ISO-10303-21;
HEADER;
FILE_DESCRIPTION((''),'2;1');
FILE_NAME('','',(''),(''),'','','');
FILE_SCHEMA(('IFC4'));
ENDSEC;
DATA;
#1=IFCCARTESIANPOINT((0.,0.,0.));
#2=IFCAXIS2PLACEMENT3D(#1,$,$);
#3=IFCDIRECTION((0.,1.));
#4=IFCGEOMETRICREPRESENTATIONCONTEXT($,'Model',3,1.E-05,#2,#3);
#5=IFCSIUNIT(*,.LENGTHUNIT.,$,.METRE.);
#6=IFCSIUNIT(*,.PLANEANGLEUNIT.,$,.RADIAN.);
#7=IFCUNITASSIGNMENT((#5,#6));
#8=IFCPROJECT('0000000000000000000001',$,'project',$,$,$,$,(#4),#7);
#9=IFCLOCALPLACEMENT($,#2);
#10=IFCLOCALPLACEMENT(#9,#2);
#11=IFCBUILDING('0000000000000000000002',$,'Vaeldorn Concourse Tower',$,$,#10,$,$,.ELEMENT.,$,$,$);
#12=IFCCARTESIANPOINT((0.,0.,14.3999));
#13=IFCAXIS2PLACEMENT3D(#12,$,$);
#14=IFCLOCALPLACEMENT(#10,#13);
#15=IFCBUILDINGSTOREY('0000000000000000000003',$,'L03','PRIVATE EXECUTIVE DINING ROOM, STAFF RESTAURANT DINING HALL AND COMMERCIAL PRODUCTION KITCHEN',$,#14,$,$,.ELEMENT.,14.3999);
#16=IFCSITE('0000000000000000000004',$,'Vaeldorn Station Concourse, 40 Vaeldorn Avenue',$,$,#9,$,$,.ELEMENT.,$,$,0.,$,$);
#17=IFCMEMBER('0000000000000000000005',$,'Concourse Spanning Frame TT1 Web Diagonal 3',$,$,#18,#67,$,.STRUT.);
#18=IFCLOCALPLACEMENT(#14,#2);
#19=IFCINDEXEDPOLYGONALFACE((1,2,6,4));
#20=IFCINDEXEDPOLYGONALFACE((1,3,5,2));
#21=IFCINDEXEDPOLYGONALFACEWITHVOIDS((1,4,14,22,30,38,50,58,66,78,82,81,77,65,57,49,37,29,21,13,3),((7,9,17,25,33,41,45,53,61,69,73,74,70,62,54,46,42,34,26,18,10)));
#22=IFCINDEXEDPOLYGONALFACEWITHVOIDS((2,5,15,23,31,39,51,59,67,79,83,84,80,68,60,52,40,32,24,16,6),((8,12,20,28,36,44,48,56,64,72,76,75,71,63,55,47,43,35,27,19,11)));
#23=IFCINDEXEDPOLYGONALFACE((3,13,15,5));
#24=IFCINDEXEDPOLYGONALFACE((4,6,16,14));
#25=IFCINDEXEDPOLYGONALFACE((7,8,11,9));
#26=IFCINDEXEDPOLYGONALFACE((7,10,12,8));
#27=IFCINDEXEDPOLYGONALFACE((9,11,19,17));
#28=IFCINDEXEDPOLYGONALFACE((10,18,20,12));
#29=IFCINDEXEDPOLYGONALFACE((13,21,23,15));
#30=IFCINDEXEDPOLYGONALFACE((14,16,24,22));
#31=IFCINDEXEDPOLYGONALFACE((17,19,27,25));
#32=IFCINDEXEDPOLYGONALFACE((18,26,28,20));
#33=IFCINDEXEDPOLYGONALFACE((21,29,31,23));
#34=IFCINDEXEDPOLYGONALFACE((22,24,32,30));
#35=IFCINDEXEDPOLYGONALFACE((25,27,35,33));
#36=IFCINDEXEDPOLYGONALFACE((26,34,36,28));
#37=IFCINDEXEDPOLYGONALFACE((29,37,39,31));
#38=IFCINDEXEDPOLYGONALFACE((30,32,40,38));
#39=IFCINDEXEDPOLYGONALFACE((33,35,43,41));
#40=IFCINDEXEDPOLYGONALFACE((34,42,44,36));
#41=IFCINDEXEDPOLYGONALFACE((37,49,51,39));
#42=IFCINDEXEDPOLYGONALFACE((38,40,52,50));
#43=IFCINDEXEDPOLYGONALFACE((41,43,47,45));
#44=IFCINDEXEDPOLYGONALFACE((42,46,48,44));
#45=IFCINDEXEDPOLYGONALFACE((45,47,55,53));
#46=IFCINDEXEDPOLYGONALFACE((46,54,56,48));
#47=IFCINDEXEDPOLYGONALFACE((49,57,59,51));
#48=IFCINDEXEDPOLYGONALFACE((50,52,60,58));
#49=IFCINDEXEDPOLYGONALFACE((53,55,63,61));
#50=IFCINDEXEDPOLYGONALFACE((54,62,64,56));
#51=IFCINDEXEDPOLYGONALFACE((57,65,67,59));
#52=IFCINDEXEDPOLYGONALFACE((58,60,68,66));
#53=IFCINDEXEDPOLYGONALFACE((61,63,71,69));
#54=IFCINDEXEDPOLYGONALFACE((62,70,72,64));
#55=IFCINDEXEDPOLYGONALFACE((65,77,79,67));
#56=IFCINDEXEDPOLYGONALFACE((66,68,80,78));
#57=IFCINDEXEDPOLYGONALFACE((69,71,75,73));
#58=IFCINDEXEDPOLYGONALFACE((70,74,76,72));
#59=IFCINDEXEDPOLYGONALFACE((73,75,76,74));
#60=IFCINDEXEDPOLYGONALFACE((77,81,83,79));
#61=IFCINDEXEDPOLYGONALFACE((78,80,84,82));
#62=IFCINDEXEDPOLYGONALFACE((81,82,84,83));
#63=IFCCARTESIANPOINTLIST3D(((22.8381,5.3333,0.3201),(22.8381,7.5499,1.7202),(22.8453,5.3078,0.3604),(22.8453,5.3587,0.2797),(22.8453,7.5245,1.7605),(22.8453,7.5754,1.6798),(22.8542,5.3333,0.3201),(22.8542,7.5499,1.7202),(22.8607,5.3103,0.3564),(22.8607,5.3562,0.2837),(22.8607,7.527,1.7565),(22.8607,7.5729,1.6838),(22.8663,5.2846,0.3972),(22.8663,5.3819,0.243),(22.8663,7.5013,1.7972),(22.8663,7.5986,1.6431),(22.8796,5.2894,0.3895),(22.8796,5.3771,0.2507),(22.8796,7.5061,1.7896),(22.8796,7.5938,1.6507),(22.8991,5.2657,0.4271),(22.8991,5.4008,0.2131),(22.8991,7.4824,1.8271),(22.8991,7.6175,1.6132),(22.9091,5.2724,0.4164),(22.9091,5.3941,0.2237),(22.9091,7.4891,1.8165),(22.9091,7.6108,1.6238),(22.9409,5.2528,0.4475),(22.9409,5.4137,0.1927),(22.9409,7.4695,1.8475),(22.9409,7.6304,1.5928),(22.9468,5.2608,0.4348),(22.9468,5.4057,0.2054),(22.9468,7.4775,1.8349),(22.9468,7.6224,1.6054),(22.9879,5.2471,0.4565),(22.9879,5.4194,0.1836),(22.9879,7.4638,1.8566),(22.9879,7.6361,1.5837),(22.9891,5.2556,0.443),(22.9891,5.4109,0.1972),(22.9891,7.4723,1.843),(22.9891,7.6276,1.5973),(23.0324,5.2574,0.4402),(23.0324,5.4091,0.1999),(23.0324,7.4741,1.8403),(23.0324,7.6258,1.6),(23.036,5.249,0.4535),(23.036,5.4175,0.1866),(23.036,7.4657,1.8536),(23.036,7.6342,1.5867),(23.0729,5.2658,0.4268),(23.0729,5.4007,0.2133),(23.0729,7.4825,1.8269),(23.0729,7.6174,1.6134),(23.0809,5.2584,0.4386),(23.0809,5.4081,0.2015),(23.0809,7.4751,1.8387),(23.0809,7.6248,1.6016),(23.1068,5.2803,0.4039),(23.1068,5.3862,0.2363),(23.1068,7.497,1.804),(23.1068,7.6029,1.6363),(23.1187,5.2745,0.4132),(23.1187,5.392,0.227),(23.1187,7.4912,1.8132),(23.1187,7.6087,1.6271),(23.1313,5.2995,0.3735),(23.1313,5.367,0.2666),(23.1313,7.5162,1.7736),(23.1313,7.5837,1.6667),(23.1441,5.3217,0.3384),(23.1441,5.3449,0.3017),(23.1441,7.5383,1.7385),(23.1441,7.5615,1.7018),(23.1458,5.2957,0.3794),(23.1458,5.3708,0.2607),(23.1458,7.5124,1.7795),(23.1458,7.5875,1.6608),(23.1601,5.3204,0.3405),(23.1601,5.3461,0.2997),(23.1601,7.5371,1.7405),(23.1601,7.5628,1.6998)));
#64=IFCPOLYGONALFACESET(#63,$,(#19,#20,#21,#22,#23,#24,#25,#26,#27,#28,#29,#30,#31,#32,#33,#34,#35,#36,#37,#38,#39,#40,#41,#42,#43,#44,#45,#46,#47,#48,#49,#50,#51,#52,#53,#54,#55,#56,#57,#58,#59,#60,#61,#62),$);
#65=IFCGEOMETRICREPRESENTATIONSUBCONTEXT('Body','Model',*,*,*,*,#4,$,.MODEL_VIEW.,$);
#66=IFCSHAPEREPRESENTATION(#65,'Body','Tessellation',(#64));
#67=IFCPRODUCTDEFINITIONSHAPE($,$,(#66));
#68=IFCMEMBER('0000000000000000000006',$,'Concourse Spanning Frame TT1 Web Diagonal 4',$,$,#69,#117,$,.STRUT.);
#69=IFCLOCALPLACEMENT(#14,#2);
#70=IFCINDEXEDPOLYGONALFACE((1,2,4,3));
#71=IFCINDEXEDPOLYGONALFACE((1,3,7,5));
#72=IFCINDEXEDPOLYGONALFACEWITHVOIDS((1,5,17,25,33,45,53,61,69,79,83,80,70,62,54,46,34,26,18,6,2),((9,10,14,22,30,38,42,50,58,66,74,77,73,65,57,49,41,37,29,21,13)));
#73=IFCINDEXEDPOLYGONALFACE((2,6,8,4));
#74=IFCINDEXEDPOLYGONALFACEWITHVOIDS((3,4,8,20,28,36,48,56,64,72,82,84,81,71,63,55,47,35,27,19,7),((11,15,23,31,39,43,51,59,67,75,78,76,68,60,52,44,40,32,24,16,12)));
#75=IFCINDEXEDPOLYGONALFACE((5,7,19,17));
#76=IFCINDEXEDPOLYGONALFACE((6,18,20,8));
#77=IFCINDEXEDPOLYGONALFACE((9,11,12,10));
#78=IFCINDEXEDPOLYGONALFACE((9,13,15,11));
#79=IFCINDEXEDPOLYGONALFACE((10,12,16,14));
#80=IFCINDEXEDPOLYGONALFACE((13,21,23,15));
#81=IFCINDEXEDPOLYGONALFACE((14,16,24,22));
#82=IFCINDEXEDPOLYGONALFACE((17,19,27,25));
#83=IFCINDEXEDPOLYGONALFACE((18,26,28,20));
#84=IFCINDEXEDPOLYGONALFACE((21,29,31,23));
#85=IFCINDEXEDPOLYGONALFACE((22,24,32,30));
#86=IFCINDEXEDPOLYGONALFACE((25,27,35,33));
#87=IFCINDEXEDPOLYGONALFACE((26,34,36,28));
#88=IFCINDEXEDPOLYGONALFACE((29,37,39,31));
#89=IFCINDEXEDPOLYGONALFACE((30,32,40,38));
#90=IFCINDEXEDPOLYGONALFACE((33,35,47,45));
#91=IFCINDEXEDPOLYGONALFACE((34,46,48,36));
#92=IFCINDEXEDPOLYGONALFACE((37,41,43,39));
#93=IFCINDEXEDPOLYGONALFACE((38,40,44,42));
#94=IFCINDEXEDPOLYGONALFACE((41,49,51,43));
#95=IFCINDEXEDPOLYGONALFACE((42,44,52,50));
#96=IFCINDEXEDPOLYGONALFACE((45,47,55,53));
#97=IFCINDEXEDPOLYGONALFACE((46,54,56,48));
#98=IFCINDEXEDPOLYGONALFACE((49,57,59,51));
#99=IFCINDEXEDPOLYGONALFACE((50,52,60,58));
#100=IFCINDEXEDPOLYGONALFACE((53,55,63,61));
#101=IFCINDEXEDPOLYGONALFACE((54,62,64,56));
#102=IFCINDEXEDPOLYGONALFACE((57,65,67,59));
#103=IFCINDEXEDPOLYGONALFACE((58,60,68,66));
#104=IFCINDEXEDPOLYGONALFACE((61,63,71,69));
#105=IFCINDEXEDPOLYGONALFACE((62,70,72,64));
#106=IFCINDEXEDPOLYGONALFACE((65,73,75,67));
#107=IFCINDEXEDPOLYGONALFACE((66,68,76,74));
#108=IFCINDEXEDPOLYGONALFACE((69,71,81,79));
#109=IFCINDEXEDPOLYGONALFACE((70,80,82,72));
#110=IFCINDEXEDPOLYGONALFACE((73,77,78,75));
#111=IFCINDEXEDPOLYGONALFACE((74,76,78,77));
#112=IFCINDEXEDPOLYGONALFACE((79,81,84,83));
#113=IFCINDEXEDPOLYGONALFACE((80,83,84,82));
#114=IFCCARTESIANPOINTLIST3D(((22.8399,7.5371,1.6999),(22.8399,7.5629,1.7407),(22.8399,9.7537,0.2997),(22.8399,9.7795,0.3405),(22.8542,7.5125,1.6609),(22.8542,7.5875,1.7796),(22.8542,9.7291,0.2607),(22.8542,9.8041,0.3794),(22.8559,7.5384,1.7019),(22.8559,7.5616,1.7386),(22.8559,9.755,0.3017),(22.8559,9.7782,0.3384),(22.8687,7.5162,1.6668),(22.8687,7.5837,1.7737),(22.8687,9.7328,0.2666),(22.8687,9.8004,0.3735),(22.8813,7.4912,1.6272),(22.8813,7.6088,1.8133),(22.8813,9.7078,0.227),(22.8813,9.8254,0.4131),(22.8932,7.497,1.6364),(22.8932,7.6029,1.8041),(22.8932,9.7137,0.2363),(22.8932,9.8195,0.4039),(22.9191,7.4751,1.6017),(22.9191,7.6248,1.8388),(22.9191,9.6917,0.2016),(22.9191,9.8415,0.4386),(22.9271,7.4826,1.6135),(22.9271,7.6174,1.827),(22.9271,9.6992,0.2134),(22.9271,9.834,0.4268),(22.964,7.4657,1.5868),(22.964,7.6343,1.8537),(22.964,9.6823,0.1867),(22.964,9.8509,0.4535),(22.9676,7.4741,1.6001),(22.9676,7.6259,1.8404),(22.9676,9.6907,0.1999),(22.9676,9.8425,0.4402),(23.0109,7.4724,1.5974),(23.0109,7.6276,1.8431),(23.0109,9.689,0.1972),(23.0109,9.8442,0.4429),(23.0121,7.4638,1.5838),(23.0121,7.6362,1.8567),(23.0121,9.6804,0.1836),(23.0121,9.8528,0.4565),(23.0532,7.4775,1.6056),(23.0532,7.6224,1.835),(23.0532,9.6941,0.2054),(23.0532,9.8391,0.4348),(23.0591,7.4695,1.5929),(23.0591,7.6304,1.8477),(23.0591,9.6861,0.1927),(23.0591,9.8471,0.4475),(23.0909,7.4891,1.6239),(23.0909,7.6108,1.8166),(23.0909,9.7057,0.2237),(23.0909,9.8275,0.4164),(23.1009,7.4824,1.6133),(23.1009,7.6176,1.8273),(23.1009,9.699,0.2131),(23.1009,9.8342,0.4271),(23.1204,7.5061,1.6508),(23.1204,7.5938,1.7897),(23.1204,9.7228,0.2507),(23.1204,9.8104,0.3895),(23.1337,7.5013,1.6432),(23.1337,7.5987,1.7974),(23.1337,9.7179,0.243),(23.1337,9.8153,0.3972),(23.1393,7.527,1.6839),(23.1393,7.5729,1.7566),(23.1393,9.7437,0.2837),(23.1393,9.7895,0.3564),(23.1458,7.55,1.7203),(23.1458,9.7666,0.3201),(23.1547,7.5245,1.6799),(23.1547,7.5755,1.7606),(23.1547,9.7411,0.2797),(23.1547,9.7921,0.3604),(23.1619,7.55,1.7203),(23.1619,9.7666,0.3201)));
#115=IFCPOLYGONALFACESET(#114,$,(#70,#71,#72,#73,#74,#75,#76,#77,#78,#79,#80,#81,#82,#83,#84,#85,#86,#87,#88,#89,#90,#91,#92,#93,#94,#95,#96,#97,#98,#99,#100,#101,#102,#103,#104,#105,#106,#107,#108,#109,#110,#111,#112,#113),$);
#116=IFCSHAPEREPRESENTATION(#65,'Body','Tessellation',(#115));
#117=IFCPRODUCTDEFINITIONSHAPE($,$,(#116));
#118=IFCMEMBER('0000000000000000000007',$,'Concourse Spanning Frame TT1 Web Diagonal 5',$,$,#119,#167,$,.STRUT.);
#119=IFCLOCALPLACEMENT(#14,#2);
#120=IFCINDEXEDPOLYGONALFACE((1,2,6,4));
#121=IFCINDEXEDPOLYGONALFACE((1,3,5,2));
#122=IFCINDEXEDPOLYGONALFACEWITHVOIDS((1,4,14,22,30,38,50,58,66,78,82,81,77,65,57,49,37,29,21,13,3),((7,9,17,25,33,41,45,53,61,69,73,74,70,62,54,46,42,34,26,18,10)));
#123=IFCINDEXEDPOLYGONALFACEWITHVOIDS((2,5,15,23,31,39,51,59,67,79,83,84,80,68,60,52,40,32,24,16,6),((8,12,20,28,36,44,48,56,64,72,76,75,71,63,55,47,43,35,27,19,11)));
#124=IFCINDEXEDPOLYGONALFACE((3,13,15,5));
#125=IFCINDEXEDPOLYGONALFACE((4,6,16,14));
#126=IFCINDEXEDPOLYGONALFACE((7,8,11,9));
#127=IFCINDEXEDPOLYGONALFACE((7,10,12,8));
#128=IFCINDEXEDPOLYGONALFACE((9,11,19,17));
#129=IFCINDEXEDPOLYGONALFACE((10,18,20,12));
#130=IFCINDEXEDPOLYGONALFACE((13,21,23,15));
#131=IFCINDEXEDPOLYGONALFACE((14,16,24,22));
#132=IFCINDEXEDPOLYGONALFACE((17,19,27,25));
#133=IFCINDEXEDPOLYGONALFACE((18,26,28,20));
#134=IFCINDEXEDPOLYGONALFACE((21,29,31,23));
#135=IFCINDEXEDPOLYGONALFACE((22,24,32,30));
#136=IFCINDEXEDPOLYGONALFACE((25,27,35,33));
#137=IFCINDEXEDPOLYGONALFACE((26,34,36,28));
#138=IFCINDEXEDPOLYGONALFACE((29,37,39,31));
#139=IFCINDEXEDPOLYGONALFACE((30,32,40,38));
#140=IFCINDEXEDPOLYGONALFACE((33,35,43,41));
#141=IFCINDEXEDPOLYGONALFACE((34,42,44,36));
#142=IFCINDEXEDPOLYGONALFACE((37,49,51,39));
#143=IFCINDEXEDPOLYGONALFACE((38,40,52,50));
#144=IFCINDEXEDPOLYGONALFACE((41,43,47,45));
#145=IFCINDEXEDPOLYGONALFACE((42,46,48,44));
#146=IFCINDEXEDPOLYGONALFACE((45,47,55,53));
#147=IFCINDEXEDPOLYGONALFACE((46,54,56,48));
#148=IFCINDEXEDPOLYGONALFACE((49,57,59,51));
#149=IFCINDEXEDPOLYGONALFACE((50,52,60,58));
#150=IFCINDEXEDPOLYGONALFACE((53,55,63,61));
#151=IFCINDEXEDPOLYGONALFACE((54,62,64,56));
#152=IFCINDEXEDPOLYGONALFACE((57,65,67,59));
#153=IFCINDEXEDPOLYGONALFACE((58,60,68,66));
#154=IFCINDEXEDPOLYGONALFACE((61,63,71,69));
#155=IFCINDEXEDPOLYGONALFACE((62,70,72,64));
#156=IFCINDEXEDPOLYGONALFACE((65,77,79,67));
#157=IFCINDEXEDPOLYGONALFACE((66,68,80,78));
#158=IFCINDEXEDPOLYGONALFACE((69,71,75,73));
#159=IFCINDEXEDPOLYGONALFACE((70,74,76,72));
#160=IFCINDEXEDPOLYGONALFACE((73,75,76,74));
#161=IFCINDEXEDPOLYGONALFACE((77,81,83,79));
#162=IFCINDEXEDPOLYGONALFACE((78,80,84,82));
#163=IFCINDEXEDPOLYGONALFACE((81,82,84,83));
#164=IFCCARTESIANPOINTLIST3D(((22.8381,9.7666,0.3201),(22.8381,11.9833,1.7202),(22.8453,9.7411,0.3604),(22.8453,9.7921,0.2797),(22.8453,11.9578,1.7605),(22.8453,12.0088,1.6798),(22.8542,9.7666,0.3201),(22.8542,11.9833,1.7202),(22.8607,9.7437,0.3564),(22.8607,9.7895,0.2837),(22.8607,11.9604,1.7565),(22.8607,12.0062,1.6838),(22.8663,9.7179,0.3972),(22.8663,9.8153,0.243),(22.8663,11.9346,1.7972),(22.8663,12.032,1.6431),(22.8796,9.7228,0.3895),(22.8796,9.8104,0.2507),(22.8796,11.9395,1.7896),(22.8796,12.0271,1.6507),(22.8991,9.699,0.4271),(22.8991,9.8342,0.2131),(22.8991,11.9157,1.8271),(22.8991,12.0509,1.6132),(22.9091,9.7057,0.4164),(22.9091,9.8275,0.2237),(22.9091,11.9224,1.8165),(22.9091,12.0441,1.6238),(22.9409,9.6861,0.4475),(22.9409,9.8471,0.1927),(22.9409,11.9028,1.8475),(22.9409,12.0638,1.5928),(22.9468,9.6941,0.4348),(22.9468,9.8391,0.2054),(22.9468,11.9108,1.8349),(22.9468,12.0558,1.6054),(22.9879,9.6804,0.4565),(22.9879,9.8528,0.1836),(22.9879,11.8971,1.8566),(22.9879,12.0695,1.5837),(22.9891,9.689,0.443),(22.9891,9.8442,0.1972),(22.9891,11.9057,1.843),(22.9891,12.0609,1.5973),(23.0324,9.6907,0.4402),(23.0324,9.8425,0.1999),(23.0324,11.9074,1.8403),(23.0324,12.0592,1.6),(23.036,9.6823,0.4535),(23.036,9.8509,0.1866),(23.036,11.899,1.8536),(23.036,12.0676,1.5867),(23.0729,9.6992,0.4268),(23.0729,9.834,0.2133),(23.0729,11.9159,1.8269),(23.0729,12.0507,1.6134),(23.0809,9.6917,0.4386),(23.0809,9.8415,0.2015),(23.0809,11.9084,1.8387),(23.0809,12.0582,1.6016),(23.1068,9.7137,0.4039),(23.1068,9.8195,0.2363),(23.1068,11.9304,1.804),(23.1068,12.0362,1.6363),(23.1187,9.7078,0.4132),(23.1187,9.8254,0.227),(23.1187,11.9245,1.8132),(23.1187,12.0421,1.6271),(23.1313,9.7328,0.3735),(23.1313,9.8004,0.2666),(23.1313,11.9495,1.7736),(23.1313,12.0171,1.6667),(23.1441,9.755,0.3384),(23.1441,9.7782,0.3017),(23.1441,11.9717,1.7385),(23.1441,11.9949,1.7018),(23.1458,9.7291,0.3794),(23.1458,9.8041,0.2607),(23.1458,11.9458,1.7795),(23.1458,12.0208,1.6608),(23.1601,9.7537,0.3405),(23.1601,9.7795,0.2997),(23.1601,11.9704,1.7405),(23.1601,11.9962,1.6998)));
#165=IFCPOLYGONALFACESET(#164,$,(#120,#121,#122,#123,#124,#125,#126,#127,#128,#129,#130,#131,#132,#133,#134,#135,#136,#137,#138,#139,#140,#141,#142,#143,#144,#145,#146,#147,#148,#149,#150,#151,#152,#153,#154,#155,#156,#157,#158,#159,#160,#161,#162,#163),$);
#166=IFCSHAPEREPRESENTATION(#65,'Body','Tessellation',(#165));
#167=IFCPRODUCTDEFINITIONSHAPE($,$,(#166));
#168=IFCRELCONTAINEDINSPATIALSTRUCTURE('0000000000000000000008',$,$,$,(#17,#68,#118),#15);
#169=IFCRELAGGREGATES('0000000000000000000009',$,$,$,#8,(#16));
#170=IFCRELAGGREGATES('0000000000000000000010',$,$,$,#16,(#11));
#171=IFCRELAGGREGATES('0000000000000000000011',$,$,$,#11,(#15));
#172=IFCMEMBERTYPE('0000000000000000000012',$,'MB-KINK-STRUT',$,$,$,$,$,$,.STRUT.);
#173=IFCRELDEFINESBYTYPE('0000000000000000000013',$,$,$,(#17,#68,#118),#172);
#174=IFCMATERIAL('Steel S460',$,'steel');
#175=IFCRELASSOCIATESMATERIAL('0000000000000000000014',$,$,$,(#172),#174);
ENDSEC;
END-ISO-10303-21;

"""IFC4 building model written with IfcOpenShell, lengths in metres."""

from ifc_helpers import new_model, si_unit, direction, frame, origin, origin_2d, place, context, subcontext, project, spatial, hollow_circle, extrude, source, transform, mapped, material, material_profile, profile_set, type_object, element, save


model = new_model("IFC4")

# Units and contexts
model_context = context("Model", 3, precision=1e-05, world=origin(), true_north=direction((0.0, 1.0)))
body_context = subcontext(model_context, "Body", "Model", "MODEL_VIEW")
ifc_project = project(units=[si_unit("LENGTHUNIT", "METRE"), si_unit("PLANEANGLEUNIT", "RADIAN")], contexts=[model_context])

# Site, building, storey
site_placement = place(None, origin())
site = spatial("IfcSite", under=ifc_project, at=site_placement, Name="Vaeldorn Station Concourse, 40 Vaeldorn Avenue", CompositionType="ELEMENT", RefElevation=0.0)
building_placement = place(site_placement, origin())
building = spatial("IfcBuilding", under=site, at=building_placement, Name="Vaeldorn Concourse Tower", CompositionType="ELEMENT")
storey_placement = place(building_placement, frame((0.0, 0.0, 14.3999)))
storey = spatial("IfcBuildingStorey", under=building, at=storey_placement, Name="L03", Description="PRIVATE EXECUTIVE DINING ROOM, STAFF RESTAURANT DINING HALL AND COMMERCIAL PRODUCTION KITCHEN", CompositionType="ELEMENT", Elevation=14.3999)

# Shared definitions
ifc_material_1 = material(Name="Steel S460", Category="steel")

# Members
ifc_material_profile_1 = material_profile(ifc_material_1, hollow_circle(Radius=0.1619, WallThickness=0.0161, at=origin_2d()), Name="CHS 323.9x16")
ifc_profile_set_1 = profile_set([ifc_material_profile_1], Name="Steel S460")
member_type_1 = type_object("IfcMemberType", Name="MB-KINK-STRUT", PredefinedType="STRUT", material=ifc_profile_set_1)
shared_shape_1 = source(origin(), body_context, "Body", "SweptSolid", [
    extrude(hollow_circle(Radius=0.1619, WallThickness=0.0161, at=origin_2d()), origin(), (0.0, 0.0, 1.0), 2.6218),
])
for number, where, z_axis, x_axis, name in (
    (1, (23.0, 5.3333, 0.3201), (0.0, 0.845478, 0.534011), (-1.0, 0.0, 0.0), "Concourse Spanning Frame TT1 Web Diagonal 3"),
    (2, (23.0, 9.7666, 0.3201), (0.0, -0.845451, 0.534053), (1.0, 0.0, 0.0), "Concourse Spanning Frame TT1 Web Diagonal 4"),
    (3, (23.0, 9.7666, 0.3201), (0.0, 0.845478, 0.534011), (-1.0, 0.0, 0.0), "Concourse Spanning Frame TT1 Web Diagonal 5"),
):
    element("IfcMember", number, at=place(storey_placement, frame(where, z_axis=z_axis, x_axis=x_axis)), inside=storey, type_object=member_type_1, Name=name, PredefinedType="STRUT", context=body_context, shape_type="MappedRepresentation", body=[
        mapped(shared_shape_1, transform((0.0, 0.0, 0.0), scale=1.0)),
    ])

save(model, "model.ifc")
